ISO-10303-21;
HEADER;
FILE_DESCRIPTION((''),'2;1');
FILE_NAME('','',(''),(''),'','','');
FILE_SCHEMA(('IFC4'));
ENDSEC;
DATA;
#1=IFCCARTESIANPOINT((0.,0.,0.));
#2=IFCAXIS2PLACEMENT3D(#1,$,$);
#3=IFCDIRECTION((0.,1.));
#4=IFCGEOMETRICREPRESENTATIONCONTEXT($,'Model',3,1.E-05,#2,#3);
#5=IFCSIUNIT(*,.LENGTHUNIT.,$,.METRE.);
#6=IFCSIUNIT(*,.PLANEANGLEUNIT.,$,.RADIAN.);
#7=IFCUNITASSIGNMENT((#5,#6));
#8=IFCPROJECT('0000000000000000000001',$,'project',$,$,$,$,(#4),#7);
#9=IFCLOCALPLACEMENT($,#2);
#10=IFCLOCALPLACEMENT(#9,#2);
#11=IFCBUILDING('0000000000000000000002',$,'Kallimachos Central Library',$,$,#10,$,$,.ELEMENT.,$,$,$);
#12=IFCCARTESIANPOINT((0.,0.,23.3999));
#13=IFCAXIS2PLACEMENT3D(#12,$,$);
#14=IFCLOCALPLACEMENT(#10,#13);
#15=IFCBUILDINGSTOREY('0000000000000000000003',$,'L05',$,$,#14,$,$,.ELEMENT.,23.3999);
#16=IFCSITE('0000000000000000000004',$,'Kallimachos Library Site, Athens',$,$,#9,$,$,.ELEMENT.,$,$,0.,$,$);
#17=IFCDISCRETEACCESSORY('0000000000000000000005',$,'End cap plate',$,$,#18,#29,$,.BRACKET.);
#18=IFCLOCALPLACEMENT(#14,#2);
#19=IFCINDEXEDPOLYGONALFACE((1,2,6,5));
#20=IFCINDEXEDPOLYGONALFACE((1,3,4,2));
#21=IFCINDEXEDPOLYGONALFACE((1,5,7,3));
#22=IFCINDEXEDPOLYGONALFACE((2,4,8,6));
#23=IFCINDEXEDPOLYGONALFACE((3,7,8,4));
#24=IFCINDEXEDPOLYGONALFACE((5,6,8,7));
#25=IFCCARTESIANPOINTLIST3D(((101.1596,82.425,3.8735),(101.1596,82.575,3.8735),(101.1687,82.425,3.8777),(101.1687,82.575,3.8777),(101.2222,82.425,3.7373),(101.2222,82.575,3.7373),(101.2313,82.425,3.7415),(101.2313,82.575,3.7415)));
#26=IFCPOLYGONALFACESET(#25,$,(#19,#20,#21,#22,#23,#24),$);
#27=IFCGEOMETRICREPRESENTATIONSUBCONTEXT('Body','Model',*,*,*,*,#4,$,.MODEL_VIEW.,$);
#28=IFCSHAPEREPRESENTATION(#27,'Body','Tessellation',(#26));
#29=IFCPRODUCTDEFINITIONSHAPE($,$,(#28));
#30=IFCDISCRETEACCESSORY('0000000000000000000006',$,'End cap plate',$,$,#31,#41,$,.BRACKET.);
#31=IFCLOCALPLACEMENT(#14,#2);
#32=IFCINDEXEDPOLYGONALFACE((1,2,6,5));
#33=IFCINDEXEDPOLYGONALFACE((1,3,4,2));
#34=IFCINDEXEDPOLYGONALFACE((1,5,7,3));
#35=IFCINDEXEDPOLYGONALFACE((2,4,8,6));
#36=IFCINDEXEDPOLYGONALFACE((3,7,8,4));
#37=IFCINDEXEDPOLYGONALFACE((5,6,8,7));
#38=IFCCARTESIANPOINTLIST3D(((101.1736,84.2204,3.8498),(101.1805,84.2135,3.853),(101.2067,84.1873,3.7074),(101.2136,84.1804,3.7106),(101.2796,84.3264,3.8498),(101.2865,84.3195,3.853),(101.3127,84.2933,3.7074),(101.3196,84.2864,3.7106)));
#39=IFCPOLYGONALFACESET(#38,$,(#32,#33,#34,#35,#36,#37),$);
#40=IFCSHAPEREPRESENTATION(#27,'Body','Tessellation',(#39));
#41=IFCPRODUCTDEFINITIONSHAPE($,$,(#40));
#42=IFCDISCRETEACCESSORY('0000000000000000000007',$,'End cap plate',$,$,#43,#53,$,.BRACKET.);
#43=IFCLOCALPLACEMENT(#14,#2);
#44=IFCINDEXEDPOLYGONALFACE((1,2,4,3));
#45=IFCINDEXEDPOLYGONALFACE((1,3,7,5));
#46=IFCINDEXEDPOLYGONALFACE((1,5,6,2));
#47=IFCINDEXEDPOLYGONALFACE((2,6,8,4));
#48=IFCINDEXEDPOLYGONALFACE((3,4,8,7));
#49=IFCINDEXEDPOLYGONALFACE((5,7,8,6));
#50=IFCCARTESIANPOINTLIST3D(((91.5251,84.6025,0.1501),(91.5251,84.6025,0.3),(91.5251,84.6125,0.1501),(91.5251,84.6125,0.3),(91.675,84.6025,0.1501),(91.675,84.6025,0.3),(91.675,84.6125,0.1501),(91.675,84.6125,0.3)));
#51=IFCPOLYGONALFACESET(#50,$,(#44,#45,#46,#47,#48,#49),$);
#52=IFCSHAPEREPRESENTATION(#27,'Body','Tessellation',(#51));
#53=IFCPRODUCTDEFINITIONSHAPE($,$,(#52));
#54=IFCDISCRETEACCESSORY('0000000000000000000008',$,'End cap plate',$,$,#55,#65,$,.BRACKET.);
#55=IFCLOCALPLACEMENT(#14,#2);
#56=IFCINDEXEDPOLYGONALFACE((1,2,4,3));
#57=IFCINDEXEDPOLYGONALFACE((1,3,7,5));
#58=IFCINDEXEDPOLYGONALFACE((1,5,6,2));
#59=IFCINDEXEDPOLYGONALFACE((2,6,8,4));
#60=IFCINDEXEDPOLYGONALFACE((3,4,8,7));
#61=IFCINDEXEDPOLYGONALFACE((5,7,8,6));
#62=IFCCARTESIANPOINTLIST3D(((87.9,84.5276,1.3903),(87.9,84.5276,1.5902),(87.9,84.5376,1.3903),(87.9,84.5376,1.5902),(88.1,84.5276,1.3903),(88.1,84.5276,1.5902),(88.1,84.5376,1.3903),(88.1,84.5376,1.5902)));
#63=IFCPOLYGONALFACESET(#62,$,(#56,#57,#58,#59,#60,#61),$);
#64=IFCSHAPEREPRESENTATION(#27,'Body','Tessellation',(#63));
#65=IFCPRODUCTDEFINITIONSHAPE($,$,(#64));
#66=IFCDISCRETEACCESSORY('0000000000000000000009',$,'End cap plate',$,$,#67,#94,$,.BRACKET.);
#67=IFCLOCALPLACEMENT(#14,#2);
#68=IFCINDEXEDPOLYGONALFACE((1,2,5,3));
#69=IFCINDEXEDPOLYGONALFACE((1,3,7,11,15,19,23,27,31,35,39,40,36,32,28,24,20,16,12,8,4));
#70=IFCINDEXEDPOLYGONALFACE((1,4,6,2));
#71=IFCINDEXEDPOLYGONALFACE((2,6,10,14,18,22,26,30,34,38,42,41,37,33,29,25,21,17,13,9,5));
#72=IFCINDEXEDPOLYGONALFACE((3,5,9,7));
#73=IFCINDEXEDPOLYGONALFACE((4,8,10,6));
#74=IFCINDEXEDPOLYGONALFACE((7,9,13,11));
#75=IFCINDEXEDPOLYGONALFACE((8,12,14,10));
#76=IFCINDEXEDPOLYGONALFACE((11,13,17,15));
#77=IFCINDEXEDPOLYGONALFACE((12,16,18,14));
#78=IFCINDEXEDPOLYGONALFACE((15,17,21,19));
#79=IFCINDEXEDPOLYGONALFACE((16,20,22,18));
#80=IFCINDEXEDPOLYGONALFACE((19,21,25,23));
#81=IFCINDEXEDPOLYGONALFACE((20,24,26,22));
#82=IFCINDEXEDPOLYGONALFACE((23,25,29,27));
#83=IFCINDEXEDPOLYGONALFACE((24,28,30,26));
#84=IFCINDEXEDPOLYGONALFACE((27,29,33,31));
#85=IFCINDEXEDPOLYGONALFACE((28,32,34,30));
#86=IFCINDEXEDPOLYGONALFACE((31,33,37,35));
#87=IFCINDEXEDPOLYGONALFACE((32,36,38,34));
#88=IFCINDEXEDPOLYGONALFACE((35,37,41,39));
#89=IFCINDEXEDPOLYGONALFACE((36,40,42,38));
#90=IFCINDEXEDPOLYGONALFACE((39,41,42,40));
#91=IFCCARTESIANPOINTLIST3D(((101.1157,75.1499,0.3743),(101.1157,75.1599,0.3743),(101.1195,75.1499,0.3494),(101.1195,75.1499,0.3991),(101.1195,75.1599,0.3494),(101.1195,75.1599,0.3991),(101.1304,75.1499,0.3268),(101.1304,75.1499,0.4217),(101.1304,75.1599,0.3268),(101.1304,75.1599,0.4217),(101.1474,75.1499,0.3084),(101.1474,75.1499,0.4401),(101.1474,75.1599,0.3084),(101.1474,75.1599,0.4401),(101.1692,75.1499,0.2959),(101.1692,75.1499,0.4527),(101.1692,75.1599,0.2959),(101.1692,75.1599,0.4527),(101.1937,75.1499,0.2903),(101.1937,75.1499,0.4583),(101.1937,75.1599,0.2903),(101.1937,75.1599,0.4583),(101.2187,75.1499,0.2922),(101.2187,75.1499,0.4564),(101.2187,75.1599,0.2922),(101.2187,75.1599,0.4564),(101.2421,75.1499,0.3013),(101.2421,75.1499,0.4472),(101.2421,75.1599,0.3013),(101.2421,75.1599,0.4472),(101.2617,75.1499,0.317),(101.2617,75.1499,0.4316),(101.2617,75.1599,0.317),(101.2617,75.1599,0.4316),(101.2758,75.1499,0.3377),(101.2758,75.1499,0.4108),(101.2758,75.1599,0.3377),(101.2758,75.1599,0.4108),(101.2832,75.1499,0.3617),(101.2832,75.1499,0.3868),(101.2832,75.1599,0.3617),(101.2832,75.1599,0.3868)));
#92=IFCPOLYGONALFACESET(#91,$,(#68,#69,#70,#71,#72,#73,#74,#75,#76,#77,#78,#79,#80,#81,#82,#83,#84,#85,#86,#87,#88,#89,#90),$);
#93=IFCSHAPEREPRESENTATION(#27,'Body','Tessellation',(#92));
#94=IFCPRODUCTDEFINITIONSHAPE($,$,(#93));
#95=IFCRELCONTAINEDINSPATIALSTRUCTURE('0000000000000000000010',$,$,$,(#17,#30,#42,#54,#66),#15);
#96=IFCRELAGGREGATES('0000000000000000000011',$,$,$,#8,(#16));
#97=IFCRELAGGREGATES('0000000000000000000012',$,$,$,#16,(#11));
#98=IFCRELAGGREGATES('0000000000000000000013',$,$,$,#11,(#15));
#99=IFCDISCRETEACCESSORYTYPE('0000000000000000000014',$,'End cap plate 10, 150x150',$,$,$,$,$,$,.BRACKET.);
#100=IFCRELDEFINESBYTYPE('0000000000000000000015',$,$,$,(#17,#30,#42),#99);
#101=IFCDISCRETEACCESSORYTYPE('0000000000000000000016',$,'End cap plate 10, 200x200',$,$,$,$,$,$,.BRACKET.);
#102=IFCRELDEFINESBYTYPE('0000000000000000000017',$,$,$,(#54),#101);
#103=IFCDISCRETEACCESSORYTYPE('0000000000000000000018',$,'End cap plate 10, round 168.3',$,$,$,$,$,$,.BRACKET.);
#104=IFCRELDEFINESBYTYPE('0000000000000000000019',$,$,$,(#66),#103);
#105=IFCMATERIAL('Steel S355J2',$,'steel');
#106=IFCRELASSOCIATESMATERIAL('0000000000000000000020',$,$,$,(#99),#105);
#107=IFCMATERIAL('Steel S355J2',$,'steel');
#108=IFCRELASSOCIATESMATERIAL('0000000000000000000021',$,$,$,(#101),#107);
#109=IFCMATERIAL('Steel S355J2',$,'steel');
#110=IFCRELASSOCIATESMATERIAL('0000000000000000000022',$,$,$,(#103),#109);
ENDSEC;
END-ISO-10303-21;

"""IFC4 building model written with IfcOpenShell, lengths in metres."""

from ifc_helpers import new_model, si_unit, direction, frame, origin, origin_2d, place, context, subcontext, project, spatial, rectangle, circle, extrude, material, material_profile, profile_set, type_object, element, save


model = new_model("IFC4")

# Units and contexts
model_context = context("Model", 3, precision=1e-05, world=origin(), true_north=direction((0.0, 1.0)))
body_context = subcontext(model_context, "Body", "Model", "MODEL_VIEW")
ifc_project = project(units=[si_unit("LENGTHUNIT", "METRE"), si_unit("PLANEANGLEUNIT", "RADIAN")], contexts=[model_context])

# Site, building, storey
site_placement = place(None, origin())
site = spatial("IfcSite", under=ifc_project, at=site_placement, Name="Kallimachos Library Site, Athens", CompositionType="ELEMENT", RefElevation=0.0)
building_placement = place(site_placement, origin())
building = spatial("IfcBuilding", under=site, at=building_placement, Name="Kallimachos Central Library", CompositionType="ELEMENT")
storey_placement = place(building_placement, frame((0.0, 0.0, 23.3999)))
storey = spatial("IfcBuildingStorey", under=building, at=storey_placement, Name="L05", CompositionType="ELEMENT", Elevation=23.3999)

# Discrete accessories
ifc_material_1 = material(Name="Steel S355J2", Category="steel")
ifc_material_profile_1 = material_profile(ifc_material_1, rectangle(XDim=0.1499, YDim=0.1499, at=origin_2d()), Name="End cap plate 10, 150x150")
ifc_profile_set_1 = profile_set([ifc_material_profile_1], Name="Steel S355J2")
discrete_accessory_type_1 = type_object("IfcDiscreteAccessoryType", Name="End cap plate 10, 150x150", PredefinedType="BRACKET", material=ifc_profile_set_1)
for number, where, z_axis, x_axis, name in (
    (1, (101.1909, 82.5, 3.8054), (0.908677, 0.0, 0.4175), (0.0, 1.0, 0.0), "End cap plate"),
):
    element("IfcDiscreteAccessory", number, at=place(storey_placement, frame(where, z_axis=z_axis, x_axis=x_axis)), inside=storey, type_object=discrete_accessory_type_1, Name=name, PredefinedType="BRACKET", context=body_context, shape_type="SweptSolid", body=[
        extrude(rectangle(XDim=0.1499, YDim=0.1499, at=origin_2d()), origin(), (0.0, 0.0, 1.0), 0.01),
    ])
discrete_accessory_1_placement = place(storey_placement, frame((101.2432, 84.2568, 3.7786), z_axis=(0.671828, -0.671828, 0.31192), x_axis=(0.707107, 0.707107, 0.0)))
element("IfcDiscreteAccessory", 2, at=discrete_accessory_1_placement, inside=storey, type_object=discrete_accessory_type_1, Name="End cap plate", PredefinedType="BRACKET", context=body_context, shape_type="SweptSolid", body=[
    extrude(rectangle(XDim=0.1499, YDim=0.1499, at=origin_2d()), origin(), (0.0, 0.0, 1.0), 0.0103),
])
discrete_accessory_2_placement = place(storey_placement, frame((91.6001, 84.6025, 0.2251), z_axis=(0.0, 1.0, 0.0), x_axis=(-1.0, 0.0, 0.0)))
element("IfcDiscreteAccessory", 3, at=discrete_accessory_2_placement, inside=storey, type_object=discrete_accessory_type_1, Name="End cap plate", PredefinedType="BRACKET", context=body_context, shape_type="SweptSolid", body=[
    extrude(rectangle(XDim=0.1499, YDim=0.1499, at=origin_2d()), origin(), (0.0, 0.0, 1.0), 0.01),
])
ifc_material_2 = material(Name="Steel S355J2", Category="steel")
ifc_material_profile_2 = material_profile(ifc_material_2, rectangle(XDim=0.2, YDim=0.2, at=origin_2d()), Name="End cap plate 10, 200x200")
ifc_profile_set_2 = profile_set([ifc_material_profile_2], Name="Steel S355J2")
discrete_accessory_type_2 = type_object("IfcDiscreteAccessoryType", Name="End cap plate 10, 200x200", PredefinedType="BRACKET", material=ifc_profile_set_2)
discrete_accessory_3_placement = place(storey_placement, frame((88.0, 84.5276, 1.4902), z_axis=(0.0, 1.0, 0.0), x_axis=(-1.0, 0.0, 0.0)))
element("IfcDiscreteAccessory", 4, at=discrete_accessory_3_placement, inside=storey, type_object=discrete_accessory_type_2, Name="End cap plate", PredefinedType="BRACKET", context=body_context, shape_type="SweptSolid", body=[
    extrude(rectangle(XDim=0.2, YDim=0.2, at=origin_2d()), origin(), (0.0, 0.0, 1.0), 0.01),
])
ifc_material_3 = material(Name="Steel S355J2", Category="steel")
ifc_material_profile_3 = material_profile(ifc_material_3, circle(Radius=0.0842, at=origin_2d()), Name="End cap plate 10, round 168.3")
ifc_profile_set_3 = profile_set([ifc_material_profile_3], Name="Steel S355J2")
discrete_accessory_type_3 = type_object("IfcDiscreteAccessoryType", Name="End cap plate 10, round 168.3", PredefinedType="BRACKET", material=ifc_profile_set_3)
discrete_accessory_4_placement = place(storey_placement, frame((101.2, 75.1499, 0.3743), z_axis=(0.0, 1.0, 0.0), x_axis=(-1.0, 0.0, 0.0)))
element("IfcDiscreteAccessory", 5, at=discrete_accessory_4_placement, inside=storey, type_object=discrete_accessory_type_3, Name="End cap plate", PredefinedType="BRACKET", context=body_context, shape_type="SweptSolid", body=[
    extrude(circle(Radius=0.0842, at=origin_2d()), origin(), (0.0, 0.0, 1.0), 0.01),
])

save(model, "model.ifc")
